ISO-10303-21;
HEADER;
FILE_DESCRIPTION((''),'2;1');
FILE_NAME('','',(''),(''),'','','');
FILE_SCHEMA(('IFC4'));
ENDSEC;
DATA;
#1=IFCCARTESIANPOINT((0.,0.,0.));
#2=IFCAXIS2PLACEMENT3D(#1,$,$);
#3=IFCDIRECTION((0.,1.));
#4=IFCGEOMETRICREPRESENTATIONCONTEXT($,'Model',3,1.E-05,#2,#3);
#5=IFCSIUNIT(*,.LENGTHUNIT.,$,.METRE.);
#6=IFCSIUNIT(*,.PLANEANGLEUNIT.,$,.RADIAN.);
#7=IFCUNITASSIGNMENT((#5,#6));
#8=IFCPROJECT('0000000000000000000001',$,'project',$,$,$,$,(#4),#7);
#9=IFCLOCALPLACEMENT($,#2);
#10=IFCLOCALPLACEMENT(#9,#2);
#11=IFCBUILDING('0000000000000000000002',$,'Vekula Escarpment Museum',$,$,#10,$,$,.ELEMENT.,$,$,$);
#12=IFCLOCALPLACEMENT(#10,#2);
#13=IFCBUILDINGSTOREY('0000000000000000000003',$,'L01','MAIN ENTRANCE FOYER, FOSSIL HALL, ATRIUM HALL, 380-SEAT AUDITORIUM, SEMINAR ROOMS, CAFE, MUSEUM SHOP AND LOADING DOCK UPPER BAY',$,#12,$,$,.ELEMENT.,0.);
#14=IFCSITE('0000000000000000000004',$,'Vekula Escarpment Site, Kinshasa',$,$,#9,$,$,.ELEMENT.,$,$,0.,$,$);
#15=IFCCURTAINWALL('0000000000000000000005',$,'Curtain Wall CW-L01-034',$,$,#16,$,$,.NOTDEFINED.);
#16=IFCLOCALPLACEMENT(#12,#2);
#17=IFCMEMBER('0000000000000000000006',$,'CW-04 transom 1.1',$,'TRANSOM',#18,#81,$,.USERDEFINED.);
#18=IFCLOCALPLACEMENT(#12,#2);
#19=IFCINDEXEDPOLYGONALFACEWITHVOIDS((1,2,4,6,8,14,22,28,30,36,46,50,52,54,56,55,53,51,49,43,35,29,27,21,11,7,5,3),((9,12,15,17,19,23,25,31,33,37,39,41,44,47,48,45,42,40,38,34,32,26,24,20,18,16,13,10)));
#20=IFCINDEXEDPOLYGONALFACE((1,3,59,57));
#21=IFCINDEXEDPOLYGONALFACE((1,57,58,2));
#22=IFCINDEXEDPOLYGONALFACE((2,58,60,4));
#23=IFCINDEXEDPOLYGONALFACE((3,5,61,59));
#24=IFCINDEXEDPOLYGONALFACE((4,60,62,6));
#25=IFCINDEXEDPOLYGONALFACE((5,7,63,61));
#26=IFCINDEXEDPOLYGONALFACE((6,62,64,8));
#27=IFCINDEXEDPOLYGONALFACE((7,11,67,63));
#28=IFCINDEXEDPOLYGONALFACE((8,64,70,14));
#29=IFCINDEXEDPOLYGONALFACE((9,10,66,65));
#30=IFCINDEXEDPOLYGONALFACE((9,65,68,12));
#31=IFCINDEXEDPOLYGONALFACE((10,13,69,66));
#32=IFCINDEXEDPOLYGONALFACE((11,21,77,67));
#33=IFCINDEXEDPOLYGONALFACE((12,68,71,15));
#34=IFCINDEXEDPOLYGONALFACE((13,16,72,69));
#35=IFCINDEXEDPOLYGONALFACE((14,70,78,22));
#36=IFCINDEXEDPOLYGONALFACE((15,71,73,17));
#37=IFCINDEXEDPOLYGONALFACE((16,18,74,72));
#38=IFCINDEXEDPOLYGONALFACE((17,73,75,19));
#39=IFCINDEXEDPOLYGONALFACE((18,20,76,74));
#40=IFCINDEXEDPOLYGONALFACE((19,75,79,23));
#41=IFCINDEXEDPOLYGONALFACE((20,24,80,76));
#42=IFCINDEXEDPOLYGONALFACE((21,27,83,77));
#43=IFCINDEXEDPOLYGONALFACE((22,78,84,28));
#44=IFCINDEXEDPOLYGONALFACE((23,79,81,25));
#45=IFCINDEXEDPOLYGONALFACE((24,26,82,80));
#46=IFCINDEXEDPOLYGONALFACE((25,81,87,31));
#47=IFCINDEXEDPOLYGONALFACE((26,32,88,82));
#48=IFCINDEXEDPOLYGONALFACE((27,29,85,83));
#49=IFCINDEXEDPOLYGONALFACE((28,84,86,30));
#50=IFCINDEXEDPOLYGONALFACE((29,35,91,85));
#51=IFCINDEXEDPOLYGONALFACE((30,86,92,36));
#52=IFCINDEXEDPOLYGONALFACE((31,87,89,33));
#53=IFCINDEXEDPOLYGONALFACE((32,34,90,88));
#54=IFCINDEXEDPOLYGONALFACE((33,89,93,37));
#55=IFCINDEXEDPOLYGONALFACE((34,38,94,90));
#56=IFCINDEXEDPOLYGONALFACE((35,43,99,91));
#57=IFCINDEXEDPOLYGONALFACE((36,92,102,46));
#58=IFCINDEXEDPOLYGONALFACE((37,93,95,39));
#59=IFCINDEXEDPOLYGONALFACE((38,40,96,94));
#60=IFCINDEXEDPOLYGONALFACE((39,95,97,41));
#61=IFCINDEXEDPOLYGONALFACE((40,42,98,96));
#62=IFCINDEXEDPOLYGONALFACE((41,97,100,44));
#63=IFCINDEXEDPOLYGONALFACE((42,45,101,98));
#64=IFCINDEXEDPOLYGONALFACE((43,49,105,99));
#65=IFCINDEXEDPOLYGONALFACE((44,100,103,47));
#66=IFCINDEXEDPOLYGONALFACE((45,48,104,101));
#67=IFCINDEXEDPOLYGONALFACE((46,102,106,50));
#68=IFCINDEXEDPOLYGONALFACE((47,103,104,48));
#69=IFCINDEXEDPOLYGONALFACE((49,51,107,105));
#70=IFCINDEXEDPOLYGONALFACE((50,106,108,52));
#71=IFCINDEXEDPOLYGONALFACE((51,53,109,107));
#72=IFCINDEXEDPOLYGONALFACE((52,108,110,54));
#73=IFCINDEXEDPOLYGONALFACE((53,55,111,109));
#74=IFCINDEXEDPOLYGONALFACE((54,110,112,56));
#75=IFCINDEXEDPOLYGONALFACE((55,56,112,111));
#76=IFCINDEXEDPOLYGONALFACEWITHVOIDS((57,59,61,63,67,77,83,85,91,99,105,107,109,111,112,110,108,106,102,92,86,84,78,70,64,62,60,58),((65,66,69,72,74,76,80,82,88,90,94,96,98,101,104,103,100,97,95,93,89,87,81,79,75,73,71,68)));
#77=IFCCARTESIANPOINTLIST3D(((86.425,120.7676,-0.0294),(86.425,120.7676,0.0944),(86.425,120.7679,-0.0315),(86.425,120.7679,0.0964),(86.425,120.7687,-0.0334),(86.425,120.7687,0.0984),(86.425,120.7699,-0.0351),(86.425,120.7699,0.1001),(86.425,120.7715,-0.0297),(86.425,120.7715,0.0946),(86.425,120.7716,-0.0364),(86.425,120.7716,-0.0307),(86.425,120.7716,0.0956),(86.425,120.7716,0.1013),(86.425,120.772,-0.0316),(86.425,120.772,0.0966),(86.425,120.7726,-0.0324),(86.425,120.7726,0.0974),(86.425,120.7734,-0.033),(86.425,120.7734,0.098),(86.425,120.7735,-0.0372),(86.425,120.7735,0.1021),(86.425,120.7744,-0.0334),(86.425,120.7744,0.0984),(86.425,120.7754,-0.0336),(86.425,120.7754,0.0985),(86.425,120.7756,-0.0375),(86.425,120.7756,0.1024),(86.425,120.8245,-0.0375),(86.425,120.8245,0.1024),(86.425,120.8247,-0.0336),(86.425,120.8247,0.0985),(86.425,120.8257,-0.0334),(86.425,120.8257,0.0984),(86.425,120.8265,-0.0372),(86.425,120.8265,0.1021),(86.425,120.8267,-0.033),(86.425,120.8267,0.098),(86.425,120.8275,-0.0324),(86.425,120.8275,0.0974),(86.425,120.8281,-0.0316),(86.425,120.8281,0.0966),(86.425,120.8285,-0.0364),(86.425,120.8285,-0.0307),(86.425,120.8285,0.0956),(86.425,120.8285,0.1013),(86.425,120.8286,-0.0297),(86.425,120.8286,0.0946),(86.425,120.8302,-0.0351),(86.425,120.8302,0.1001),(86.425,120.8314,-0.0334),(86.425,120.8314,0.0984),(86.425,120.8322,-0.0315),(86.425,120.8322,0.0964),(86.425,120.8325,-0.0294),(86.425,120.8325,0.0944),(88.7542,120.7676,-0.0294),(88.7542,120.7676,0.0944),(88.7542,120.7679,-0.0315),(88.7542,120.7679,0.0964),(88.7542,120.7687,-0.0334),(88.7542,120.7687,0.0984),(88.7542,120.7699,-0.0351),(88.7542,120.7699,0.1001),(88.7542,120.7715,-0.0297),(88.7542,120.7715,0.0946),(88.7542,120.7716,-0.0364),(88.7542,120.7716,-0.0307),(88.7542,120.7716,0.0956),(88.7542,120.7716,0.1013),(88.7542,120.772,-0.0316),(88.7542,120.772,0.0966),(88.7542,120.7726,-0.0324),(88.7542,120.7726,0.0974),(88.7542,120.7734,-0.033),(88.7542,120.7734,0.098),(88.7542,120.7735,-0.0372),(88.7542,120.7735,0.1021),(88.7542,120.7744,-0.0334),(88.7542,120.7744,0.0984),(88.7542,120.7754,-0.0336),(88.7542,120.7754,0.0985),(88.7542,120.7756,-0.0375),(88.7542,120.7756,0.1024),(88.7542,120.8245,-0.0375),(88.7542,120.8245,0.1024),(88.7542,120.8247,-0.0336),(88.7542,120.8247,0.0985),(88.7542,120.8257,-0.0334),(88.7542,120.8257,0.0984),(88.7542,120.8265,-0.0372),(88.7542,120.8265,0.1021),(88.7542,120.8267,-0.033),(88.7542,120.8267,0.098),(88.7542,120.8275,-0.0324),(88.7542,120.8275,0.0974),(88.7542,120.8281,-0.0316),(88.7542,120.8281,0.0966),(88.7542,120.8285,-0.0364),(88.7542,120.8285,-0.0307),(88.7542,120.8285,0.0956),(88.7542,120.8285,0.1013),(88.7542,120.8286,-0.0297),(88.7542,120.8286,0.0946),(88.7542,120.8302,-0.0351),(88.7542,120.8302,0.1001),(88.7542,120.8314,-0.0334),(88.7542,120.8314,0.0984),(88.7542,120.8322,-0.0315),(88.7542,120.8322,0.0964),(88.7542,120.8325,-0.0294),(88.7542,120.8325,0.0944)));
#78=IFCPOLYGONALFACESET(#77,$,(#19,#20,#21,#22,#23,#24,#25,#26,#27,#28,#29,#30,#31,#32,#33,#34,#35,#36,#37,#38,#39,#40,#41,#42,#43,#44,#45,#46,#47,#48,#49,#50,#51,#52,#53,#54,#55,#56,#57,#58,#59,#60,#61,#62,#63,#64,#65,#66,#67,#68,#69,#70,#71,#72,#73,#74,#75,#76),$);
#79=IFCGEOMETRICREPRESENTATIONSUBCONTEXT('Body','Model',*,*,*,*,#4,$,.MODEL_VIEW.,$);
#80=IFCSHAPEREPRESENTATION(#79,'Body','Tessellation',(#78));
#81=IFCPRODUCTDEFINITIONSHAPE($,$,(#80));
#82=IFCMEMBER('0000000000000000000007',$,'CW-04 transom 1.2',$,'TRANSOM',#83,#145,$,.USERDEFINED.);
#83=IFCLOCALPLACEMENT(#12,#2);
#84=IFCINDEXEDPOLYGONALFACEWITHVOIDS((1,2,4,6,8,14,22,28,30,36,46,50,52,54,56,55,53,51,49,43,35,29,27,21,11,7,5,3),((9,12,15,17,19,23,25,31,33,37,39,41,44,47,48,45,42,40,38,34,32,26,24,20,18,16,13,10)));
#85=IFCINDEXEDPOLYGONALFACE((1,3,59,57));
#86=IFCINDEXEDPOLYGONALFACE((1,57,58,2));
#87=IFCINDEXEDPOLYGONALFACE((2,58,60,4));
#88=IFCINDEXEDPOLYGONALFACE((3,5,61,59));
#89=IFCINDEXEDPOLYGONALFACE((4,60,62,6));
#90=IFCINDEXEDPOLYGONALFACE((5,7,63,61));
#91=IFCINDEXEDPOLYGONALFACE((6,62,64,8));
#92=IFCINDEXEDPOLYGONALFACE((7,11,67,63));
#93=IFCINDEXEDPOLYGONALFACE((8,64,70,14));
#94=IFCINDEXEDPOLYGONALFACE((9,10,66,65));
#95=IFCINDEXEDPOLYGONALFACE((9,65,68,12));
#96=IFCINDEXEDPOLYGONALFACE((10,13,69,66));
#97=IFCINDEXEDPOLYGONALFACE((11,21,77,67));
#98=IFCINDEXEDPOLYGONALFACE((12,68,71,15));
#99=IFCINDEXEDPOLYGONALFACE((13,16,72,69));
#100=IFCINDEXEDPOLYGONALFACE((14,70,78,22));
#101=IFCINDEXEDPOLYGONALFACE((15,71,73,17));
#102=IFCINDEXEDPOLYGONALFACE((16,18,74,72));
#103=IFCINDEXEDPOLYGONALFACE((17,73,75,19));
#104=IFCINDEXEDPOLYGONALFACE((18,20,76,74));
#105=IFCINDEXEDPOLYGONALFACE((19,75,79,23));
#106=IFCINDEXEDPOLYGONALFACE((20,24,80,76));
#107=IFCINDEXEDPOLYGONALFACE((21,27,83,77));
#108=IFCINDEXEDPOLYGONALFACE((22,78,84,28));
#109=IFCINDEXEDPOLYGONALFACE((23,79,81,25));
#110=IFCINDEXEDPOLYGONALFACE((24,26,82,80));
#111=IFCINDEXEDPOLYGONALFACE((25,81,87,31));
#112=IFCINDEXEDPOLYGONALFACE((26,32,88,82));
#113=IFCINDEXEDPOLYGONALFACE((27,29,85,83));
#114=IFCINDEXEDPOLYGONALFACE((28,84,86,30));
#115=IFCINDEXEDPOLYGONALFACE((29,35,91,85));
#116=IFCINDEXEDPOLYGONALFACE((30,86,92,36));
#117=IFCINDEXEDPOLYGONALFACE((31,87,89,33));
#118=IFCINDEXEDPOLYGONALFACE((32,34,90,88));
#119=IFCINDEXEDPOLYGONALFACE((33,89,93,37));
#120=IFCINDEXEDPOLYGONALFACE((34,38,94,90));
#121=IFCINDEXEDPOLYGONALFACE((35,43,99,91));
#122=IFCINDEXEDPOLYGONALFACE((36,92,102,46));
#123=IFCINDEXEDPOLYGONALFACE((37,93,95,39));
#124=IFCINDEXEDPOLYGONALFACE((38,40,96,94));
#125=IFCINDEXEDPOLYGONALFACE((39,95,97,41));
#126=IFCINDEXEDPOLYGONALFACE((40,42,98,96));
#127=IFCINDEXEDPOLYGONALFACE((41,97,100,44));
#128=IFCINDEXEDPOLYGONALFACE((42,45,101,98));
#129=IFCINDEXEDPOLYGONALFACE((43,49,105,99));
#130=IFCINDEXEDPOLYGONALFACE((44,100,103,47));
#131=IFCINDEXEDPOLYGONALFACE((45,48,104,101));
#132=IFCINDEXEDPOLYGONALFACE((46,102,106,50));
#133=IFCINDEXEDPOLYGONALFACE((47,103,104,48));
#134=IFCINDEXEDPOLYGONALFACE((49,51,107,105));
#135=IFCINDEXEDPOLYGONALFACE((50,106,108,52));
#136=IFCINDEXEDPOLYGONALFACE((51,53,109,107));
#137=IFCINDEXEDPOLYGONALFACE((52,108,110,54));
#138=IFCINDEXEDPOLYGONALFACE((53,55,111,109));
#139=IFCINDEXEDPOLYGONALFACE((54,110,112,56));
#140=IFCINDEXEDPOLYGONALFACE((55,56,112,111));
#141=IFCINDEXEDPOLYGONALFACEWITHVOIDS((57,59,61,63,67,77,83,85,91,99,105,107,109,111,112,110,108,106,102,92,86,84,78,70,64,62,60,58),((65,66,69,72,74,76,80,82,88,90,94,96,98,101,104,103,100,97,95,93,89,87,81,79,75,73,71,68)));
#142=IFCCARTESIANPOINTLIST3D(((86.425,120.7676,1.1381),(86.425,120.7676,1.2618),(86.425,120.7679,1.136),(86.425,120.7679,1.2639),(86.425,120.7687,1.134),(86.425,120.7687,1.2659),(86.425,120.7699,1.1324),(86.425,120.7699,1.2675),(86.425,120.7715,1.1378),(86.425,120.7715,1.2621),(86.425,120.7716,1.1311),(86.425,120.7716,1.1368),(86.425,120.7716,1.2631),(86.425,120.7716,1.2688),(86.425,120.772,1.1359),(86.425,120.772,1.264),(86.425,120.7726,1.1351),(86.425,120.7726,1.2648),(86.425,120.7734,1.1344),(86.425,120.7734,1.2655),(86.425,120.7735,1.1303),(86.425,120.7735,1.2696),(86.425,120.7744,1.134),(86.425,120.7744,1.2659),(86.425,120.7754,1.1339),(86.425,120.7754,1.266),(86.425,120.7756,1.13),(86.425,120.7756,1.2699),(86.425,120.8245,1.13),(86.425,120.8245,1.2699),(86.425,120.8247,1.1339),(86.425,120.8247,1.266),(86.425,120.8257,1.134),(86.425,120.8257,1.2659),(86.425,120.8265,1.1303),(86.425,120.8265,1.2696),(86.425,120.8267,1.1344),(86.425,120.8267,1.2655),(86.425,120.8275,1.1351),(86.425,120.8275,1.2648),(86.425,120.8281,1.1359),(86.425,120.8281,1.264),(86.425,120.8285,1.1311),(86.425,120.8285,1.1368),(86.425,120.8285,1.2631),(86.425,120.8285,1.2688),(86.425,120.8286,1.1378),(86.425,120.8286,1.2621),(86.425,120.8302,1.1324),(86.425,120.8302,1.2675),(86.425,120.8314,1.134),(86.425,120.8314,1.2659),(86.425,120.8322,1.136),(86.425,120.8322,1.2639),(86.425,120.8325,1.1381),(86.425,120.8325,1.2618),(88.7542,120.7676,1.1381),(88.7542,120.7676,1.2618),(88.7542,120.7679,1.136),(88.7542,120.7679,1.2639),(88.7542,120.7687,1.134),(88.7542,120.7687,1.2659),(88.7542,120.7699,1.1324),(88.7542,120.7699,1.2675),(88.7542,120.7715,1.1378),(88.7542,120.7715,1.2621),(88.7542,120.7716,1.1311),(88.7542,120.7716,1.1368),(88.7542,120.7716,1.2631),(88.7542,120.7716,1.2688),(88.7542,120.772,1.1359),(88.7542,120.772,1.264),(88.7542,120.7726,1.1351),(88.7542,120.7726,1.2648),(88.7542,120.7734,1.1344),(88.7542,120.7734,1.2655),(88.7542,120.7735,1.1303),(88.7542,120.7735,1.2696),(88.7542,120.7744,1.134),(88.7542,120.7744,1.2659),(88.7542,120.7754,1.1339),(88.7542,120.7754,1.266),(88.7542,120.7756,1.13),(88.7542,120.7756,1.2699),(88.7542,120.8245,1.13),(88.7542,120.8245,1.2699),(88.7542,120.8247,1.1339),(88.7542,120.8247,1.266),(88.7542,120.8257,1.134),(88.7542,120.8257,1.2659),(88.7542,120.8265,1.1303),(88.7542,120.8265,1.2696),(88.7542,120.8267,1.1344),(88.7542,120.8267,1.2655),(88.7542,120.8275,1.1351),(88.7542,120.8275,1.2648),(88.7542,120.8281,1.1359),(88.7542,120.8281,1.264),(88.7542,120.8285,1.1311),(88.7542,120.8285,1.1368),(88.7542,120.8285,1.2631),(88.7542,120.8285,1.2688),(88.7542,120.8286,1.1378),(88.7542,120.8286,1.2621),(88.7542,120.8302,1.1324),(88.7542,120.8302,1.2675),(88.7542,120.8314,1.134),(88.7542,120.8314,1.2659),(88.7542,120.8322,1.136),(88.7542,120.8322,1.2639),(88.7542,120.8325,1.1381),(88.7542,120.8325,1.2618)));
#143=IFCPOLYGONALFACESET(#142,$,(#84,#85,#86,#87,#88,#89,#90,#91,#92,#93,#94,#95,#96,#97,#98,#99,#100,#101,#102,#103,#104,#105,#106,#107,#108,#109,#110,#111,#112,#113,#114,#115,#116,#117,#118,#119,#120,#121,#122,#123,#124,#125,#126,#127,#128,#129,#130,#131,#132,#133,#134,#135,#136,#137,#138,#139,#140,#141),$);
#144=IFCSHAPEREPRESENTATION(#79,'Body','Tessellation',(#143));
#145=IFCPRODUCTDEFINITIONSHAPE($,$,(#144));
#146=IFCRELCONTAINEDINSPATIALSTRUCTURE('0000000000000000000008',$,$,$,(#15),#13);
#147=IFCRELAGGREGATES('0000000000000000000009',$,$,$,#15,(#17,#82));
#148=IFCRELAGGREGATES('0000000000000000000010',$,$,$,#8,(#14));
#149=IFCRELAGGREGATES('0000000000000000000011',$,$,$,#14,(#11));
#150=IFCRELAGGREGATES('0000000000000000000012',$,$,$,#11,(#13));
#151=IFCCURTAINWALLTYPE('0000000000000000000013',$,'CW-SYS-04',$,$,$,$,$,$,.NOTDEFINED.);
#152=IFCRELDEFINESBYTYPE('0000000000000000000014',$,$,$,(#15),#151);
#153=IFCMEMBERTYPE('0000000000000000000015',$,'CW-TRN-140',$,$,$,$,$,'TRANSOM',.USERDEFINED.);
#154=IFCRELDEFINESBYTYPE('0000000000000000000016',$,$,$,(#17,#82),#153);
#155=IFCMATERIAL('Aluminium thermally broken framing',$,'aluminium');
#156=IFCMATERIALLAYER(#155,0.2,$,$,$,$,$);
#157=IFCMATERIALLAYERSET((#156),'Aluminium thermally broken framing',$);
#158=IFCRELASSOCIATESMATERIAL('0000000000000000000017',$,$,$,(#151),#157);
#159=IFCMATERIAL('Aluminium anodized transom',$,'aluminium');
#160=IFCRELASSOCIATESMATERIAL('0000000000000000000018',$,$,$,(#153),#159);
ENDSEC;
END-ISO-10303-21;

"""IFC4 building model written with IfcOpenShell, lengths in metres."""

from ifc_helpers import new_model, si_unit, direction, frame, origin, origin_2d, place, context, subcontext, project, spatial, hollow_rectangle, extrude, material, layer, layer_set, material_profile, profile_set, type_object, element, aggregate, save


model = new_model("IFC4")

# Units and contexts
model_context = context("Model", 3, precision=1e-05, world=origin(), true_north=direction((0.0, 1.0)))
body_context = subcontext(model_context, "Body", "Model", "MODEL_VIEW")
ifc_project = project(units=[si_unit("LENGTHUNIT", "METRE"), si_unit("PLANEANGLEUNIT", "RADIAN")], contexts=[model_context])

# Site, building, storey
site_placement = place(None, origin())
site = spatial("IfcSite", under=ifc_project, at=site_placement, Name="Vekula Escarpment Site, Kinshasa", CompositionType="ELEMENT", RefElevation=0.0)
building_placement = place(site_placement, origin())
building = spatial("IfcBuilding", under=site, at=building_placement, Name="Vekula Escarpment Museum", CompositionType="ELEMENT")
storey_placement = place(building_placement, origin())
storey = spatial("IfcBuildingStorey", under=building, at=storey_placement, Name="L01", Description="MAIN ENTRANCE FOYER, FOSSIL HALL, ATRIUM HALL, 380-SEAT AUDITORIUM, SEMINAR ROOMS, CAFE, MUSEUM SHOP AND LOADING DOCK UPPER BAY", CompositionType="ELEMENT", Elevation=0.0)

# Curtain wall
ifc_material_1 = material(Name="Aluminium thermally broken framing", Category="aluminium")
ifc_layer_1 = layer(ifc_material_1, 0.2)
ifc_layer_set_1 = layer_set([ifc_layer_1], Name="Aluminium thermally broken framing")
curtain_wall_type_1 = type_object("IfcCurtainWallType", Name="CW-SYS-04", PredefinedType="NOTDEFINED", material=ifc_layer_set_1)
curtain_wall_1_placement = place(storey_placement, origin())
curtain_wall_1 = element("IfcCurtainWall", 1, at=curtain_wall_1_placement, inside=storey, type_object=curtain_wall_type_1, Name="Curtain Wall CW-L01-034", PredefinedType="NOTDEFINED")

# Members
ifc_material_2 = material(Name="Aluminium anodized transom", Category="aluminium")
ifc_material_profile_1 = material_profile(ifc_material_2, hollow_rectangle(XDim=0.0649, YDim=0.1399, WallThickness=0.0039, InnerFilletRadius=0.0039, OuterFilletRadius=0.0081, at=origin_2d()), Name="ALU 140x65x4")
ifc_profile_set_1 = profile_set([ifc_material_profile_1], Name="Aluminium anodized transom")
member_type_1 = type_object("IfcMemberType", Name="CW-TRN-140", ElementType="TRANSOM", PredefinedType="USERDEFINED", material=ifc_profile_set_1)
member_1_placement = place(storey_placement, frame((86.425, 120.8, 0.0325), z_axis=(1.0, 0.0, 0.0), x_axis=(0.0, 1.0, 0.0)))
member_1 = element("IfcMember", 2, at=member_1_placement, type_object=member_type_1, Name="CW-04 transom 1.1", ObjectType="TRANSOM", PredefinedType="USERDEFINED", context=body_context, shape_type="SweptSolid", body=[
    extrude(hollow_rectangle(XDim=0.0649, YDim=0.1399, WallThickness=0.0039, InnerFilletRadius=0.0039, OuterFilletRadius=0.0081, at=origin_2d()), origin(), (0.0, 0.0, 1.0), 2.3291),
])
member_2_placement = place(storey_placement, frame((86.425, 120.8, 1.2), z_axis=(1.0, 0.0, 0.0), x_axis=(0.0, 1.0, 0.0)))
member_2 = element("IfcMember", 3, at=member_2_placement, type_object=member_type_1, Name="CW-04 transom 1.2", ObjectType="TRANSOM", PredefinedType="USERDEFINED", context=body_context, shape_type="SweptSolid", body=[
    extrude(hollow_rectangle(XDim=0.0649, YDim=0.1399, WallThickness=0.0039, InnerFilletRadius=0.0039, OuterFilletRadius=0.0081, at=origin_2d()), origin(), (0.0, 0.0, 1.0), 2.3291),
])

aggregate(curtain_wall_1, [member_1, member_2])

save(model, "model.ifc")
